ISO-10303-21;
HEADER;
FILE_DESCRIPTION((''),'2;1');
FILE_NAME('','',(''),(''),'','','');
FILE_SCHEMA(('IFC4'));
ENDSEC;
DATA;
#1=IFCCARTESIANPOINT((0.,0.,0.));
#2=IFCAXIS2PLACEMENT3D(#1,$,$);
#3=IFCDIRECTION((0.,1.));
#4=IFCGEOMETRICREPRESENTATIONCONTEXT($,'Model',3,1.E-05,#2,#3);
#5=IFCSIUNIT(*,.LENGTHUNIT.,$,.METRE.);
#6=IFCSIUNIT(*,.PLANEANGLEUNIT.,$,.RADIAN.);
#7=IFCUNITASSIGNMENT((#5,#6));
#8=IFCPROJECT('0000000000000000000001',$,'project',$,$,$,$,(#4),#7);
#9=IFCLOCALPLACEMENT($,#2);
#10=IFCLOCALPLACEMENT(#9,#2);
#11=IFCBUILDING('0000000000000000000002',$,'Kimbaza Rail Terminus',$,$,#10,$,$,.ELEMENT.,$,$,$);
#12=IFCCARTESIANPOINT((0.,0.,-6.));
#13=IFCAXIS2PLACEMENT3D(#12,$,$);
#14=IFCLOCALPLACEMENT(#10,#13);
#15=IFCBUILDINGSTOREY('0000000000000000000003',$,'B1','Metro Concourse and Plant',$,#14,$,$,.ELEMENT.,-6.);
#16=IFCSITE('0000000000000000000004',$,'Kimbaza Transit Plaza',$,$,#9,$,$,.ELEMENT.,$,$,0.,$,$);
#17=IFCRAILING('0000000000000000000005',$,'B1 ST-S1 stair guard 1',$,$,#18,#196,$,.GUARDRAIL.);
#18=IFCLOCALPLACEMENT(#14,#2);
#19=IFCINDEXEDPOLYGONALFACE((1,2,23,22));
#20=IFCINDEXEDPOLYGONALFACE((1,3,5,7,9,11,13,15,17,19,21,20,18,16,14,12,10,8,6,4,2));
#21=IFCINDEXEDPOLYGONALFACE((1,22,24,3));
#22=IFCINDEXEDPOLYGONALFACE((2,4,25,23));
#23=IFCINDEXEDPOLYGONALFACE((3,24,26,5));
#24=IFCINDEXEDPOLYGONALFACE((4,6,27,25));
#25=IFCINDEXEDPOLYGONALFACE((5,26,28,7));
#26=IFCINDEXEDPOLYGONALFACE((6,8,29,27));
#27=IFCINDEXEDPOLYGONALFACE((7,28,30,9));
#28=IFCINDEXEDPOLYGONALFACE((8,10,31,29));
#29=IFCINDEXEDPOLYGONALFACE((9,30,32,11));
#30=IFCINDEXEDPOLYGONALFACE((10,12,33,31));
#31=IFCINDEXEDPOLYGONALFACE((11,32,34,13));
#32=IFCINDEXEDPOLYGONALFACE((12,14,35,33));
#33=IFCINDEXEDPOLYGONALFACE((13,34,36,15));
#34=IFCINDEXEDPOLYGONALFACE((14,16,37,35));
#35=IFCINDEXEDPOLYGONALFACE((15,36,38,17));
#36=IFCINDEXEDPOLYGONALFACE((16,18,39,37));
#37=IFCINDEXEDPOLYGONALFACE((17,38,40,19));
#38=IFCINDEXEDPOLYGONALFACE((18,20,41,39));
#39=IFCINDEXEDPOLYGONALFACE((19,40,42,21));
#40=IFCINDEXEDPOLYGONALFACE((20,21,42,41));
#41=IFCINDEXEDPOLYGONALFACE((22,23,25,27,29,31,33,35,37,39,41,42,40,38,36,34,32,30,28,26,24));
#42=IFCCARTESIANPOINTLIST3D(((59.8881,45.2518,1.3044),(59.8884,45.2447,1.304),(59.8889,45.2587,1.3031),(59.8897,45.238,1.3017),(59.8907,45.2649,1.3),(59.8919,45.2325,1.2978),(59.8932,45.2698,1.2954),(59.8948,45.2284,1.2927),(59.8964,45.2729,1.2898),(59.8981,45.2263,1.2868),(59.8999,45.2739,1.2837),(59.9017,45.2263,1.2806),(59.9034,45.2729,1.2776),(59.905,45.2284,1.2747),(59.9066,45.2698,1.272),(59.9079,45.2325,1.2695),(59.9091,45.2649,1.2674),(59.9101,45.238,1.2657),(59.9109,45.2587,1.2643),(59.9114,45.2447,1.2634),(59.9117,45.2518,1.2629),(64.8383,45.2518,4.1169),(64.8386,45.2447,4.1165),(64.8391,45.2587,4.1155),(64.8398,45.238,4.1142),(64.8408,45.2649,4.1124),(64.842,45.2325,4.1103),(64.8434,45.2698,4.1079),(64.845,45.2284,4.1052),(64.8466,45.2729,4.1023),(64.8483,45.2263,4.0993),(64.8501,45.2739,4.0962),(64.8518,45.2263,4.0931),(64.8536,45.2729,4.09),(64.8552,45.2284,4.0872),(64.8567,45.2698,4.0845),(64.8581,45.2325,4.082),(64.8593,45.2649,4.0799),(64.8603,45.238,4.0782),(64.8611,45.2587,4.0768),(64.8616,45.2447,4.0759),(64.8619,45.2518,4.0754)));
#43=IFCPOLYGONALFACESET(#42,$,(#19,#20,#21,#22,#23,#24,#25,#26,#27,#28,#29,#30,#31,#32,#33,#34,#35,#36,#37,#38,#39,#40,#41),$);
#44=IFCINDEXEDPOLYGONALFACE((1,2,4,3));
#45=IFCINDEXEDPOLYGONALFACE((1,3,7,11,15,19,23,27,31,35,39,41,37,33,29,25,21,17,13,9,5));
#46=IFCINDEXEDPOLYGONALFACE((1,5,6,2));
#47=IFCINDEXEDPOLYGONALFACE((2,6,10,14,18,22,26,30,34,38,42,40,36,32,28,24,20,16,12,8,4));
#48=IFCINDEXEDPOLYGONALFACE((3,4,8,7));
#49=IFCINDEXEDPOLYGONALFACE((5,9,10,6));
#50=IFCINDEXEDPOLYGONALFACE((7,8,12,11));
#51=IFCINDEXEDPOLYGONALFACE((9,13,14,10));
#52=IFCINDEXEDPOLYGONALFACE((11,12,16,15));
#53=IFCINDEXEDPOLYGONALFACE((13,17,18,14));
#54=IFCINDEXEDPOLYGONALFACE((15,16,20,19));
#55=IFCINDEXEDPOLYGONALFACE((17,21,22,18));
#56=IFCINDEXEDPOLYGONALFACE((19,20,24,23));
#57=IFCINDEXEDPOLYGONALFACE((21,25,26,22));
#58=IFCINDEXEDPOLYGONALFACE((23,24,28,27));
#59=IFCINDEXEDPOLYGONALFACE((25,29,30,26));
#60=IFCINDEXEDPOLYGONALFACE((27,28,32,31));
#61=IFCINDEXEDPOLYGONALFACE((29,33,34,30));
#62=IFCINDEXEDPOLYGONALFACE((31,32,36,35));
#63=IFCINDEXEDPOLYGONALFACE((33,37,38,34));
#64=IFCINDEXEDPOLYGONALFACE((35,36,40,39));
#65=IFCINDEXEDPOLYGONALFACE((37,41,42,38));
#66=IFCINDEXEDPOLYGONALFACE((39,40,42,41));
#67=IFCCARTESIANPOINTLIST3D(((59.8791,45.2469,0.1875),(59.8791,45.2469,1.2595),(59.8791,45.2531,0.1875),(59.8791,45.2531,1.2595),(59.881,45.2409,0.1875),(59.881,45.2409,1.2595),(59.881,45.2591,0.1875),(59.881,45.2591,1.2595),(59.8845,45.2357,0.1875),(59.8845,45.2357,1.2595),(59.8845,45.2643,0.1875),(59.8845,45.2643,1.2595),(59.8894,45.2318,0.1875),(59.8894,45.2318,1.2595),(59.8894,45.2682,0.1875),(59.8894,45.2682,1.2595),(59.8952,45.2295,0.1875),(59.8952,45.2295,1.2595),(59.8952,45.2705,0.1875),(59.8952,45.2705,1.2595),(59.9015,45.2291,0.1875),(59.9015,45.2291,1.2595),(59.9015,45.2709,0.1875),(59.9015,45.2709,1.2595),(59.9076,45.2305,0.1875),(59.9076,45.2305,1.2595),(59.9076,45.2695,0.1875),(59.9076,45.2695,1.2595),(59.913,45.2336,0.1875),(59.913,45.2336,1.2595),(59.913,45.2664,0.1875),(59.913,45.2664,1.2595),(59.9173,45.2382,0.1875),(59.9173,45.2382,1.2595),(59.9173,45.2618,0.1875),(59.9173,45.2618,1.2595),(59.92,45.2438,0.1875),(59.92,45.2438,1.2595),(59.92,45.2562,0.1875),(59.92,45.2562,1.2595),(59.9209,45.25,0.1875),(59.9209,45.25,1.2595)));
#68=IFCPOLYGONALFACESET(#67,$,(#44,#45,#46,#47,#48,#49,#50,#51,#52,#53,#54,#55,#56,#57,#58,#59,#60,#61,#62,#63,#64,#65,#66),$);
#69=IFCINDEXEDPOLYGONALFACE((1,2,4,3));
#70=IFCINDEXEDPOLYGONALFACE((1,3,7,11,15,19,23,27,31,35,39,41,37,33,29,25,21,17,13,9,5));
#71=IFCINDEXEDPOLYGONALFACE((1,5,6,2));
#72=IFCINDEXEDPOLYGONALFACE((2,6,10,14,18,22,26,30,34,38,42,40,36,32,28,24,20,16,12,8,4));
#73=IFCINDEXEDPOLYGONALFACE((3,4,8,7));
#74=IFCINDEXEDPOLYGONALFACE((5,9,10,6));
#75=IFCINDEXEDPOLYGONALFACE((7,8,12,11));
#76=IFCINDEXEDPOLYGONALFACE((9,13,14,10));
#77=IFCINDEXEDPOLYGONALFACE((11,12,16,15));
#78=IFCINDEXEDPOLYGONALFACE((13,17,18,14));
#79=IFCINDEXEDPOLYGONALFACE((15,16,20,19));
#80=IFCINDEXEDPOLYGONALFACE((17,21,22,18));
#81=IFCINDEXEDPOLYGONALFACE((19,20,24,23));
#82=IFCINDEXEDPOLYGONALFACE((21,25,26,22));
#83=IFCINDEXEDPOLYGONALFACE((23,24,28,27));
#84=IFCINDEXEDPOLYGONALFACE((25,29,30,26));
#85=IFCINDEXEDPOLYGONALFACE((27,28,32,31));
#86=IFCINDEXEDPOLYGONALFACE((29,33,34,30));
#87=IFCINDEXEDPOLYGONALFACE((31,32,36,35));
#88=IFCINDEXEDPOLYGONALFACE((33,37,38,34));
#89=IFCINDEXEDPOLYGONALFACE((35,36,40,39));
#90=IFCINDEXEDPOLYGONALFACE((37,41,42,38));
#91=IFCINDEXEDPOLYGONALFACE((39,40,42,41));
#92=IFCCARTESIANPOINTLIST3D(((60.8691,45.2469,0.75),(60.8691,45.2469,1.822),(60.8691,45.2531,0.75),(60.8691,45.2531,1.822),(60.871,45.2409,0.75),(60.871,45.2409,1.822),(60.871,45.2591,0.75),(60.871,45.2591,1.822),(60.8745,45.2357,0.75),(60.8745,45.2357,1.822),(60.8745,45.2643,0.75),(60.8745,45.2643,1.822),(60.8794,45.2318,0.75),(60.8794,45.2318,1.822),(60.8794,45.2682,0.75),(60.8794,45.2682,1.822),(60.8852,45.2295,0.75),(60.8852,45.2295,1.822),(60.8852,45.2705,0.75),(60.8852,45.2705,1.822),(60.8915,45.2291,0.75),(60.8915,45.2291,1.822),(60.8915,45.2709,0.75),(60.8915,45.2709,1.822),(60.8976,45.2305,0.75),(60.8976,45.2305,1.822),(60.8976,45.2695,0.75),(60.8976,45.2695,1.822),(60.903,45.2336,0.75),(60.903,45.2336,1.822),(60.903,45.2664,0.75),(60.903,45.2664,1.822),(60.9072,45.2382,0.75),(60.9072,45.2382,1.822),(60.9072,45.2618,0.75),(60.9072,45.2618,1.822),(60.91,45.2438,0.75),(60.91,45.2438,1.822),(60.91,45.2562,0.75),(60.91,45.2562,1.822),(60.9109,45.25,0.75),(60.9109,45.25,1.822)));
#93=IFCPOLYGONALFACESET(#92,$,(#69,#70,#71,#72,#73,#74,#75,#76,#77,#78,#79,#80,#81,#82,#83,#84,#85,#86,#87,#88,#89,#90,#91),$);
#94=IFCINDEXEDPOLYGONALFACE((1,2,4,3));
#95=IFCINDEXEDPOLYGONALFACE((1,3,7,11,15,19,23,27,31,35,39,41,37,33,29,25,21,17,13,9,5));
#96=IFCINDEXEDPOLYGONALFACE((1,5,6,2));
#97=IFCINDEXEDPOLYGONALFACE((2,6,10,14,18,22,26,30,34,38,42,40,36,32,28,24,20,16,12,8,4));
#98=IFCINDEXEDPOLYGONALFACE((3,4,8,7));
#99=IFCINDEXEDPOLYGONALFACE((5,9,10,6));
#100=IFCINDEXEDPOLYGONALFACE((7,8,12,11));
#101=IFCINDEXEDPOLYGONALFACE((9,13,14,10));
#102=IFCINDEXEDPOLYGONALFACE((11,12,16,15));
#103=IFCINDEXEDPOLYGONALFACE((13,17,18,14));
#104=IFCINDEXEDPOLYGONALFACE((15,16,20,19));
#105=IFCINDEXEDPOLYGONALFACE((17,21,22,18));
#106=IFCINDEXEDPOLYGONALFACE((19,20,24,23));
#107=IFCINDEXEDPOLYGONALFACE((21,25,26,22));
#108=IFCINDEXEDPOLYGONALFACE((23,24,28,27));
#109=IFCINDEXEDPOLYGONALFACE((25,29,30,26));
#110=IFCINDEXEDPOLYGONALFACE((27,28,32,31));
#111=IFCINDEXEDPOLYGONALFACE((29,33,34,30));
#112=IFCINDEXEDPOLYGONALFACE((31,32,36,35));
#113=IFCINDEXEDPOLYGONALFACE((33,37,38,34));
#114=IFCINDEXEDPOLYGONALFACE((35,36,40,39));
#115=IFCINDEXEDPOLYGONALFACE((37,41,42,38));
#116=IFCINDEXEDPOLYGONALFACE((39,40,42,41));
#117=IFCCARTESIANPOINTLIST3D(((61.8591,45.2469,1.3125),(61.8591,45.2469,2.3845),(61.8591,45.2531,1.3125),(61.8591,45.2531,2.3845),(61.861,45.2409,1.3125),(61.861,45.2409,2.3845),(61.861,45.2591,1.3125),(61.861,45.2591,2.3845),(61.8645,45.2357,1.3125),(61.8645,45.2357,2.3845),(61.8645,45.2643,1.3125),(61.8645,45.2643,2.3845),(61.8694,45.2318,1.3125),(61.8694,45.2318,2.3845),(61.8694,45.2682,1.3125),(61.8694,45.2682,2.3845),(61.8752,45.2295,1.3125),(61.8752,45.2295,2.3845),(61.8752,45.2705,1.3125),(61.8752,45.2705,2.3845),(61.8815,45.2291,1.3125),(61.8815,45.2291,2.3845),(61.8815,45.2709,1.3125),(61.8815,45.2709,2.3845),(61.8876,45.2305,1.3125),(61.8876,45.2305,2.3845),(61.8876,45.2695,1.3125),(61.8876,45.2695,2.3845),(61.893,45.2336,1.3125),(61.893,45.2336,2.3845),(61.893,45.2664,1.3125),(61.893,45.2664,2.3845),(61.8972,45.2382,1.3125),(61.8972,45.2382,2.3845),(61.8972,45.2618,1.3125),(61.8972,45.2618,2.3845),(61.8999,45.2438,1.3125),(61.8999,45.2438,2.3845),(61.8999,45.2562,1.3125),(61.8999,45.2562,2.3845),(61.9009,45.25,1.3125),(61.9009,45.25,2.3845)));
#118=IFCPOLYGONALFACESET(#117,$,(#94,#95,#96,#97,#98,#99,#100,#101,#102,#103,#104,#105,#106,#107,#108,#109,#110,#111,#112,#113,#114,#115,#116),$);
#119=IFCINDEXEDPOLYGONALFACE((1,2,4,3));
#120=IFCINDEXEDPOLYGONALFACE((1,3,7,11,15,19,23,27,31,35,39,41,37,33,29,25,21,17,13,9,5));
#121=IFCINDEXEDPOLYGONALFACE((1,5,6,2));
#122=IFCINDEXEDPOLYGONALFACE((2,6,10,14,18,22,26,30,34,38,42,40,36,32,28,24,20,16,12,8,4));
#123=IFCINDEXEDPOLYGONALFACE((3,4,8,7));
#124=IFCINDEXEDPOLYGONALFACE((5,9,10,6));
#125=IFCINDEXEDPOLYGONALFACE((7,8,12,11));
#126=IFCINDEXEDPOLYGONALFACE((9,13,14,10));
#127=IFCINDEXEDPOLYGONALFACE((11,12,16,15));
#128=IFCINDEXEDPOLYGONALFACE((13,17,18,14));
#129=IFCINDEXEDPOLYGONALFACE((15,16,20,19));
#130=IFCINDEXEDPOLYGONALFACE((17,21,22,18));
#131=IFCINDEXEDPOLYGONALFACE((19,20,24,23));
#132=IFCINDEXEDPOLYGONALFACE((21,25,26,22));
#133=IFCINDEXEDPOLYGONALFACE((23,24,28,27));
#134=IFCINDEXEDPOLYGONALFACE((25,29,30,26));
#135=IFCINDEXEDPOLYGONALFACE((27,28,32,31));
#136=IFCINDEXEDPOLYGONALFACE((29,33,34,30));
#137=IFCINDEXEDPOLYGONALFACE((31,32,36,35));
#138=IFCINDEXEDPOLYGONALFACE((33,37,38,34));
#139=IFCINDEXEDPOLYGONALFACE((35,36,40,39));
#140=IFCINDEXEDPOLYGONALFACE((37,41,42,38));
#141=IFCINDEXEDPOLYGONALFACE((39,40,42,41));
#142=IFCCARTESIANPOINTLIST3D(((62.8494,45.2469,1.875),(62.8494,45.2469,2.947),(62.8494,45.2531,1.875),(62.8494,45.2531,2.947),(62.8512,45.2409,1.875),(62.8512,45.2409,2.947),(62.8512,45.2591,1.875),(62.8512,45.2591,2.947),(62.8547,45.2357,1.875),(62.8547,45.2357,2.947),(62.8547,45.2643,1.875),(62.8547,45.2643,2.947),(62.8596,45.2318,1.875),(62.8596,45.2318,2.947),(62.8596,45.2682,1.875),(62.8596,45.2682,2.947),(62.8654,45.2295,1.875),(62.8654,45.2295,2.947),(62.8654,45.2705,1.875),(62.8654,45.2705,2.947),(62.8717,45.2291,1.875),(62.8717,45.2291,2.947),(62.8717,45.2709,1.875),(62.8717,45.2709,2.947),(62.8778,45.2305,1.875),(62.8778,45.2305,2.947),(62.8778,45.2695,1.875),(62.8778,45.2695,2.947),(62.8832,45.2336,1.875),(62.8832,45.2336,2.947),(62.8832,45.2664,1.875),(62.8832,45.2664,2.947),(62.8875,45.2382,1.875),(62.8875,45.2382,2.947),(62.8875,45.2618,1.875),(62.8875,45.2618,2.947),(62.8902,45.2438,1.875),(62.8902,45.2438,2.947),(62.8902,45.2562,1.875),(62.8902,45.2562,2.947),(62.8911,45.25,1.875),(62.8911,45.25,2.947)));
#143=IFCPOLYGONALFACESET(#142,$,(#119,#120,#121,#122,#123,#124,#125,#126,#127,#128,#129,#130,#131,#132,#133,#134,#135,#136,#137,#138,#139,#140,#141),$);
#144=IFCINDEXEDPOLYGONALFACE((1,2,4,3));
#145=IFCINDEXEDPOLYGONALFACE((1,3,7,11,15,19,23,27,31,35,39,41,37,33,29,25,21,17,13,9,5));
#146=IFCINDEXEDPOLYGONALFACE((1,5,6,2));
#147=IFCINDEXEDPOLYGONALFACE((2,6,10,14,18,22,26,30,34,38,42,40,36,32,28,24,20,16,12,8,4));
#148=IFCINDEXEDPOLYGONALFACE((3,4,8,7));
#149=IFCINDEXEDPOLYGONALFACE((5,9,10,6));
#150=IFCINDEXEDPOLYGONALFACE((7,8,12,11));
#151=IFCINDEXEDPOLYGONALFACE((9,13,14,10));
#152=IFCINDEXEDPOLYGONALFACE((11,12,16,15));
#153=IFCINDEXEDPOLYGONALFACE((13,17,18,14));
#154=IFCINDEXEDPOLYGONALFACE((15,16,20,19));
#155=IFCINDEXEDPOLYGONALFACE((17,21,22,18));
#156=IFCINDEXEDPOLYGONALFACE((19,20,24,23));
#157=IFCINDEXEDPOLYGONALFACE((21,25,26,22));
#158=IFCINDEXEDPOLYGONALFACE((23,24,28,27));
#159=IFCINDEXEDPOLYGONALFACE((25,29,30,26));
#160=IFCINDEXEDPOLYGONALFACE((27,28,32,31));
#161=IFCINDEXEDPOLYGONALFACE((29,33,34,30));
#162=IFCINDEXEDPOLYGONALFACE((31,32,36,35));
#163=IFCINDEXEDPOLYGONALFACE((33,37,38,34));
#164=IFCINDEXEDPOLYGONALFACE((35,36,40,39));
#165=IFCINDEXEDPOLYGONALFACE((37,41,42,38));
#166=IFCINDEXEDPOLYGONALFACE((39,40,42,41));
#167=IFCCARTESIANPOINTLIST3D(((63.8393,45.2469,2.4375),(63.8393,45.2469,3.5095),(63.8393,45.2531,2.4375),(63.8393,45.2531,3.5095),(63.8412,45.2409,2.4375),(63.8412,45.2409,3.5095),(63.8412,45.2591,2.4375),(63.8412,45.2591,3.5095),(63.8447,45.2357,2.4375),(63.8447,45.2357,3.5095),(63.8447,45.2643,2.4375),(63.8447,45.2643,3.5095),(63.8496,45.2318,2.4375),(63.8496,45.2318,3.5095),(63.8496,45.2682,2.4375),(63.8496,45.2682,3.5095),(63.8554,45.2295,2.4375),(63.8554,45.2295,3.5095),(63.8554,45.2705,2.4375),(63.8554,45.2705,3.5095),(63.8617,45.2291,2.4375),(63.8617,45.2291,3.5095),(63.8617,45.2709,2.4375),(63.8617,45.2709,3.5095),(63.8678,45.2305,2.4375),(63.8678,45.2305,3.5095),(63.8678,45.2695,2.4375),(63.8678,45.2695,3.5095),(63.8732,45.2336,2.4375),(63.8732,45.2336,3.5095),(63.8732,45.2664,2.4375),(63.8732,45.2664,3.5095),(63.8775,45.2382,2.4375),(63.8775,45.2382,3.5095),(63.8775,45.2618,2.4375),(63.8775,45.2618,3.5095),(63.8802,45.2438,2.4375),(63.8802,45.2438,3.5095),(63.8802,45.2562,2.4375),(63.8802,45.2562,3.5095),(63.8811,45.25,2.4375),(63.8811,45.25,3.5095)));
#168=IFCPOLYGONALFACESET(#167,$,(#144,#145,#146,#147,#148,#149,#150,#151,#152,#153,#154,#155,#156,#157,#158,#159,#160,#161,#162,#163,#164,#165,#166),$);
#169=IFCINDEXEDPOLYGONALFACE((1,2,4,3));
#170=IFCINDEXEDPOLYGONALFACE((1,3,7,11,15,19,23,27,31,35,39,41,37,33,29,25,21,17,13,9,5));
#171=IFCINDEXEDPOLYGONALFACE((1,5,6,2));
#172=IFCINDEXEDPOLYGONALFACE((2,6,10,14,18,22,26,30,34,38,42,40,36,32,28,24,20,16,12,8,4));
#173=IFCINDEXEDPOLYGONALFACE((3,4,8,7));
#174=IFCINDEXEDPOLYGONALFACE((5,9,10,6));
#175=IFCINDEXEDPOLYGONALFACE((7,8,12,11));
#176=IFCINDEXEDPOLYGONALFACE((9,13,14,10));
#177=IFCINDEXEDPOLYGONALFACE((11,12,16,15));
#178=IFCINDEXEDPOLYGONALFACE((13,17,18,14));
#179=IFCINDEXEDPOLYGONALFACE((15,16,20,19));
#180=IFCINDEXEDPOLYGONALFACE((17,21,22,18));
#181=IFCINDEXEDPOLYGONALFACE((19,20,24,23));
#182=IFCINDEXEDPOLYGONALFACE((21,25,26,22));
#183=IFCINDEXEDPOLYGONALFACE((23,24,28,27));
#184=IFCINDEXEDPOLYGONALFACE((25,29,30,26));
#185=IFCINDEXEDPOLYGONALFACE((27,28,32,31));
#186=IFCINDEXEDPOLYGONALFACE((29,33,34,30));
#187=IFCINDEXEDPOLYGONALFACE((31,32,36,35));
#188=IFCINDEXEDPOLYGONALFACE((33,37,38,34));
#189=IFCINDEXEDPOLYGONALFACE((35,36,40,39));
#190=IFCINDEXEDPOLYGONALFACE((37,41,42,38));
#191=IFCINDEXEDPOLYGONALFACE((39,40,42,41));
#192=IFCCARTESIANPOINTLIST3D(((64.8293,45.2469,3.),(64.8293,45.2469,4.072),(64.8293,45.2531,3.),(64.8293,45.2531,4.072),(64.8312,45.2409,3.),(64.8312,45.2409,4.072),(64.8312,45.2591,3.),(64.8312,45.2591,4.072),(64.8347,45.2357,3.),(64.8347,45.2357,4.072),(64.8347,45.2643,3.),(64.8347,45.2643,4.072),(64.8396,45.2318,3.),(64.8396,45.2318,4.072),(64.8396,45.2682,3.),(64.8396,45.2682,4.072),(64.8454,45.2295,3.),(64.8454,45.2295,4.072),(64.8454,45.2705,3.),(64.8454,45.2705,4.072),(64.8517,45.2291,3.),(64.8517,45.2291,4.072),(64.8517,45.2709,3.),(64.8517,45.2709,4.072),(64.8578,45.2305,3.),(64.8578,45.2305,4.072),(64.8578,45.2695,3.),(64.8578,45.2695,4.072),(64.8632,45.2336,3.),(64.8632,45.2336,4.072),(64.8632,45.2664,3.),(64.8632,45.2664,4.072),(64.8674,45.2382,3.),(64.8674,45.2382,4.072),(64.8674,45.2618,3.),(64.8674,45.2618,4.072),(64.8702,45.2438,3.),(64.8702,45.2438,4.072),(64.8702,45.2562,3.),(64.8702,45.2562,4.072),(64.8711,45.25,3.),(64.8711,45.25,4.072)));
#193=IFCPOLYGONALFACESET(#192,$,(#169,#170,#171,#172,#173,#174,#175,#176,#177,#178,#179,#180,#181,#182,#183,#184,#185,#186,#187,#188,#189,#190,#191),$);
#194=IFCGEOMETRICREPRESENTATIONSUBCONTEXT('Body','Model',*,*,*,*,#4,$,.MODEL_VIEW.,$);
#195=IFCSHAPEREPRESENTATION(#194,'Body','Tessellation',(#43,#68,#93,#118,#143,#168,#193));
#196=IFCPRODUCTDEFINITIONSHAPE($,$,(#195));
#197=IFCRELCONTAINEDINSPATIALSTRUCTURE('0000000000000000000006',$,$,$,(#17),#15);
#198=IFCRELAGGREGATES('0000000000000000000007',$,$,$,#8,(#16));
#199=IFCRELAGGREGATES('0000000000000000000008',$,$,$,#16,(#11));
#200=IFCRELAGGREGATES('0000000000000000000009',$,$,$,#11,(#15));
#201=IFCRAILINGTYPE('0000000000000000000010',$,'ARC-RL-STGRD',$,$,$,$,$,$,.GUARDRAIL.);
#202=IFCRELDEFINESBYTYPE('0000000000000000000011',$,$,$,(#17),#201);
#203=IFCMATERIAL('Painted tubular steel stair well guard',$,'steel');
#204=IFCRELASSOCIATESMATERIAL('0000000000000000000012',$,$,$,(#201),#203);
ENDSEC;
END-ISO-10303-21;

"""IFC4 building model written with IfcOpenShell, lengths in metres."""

from ifc_helpers import new_model, si_unit, direction, frame, origin, origin_2d, place, context, subcontext, project, spatial, circle, extrude, material, type_object, element, save


model = new_model("IFC4")

# Units and contexts
model_context = context("Model", 3, precision=1e-05, world=origin(), true_north=direction((0.0, 1.0)))
body_context = subcontext(model_context, "Body", "Model", "MODEL_VIEW")
ifc_project = project(units=[si_unit("LENGTHUNIT", "METRE"), si_unit("PLANEANGLEUNIT", "RADIAN")], contexts=[model_context])

# Site, building, storey
site_placement = place(None, origin())
site = spatial("IfcSite", under=ifc_project, at=site_placement, Name="Kimbaza Transit Plaza", CompositionType="ELEMENT", RefElevation=0.0)
building_placement = place(site_placement, origin())
building = spatial("IfcBuilding", under=site, at=building_placement, Name="Kimbaza Rail Terminus", CompositionType="ELEMENT")
storey_placement = place(building_placement, frame((0.0, 0.0, -6.0)))
storey = spatial("IfcBuildingStorey", under=building, at=storey_placement, Name="B1", Description="Metro Concourse and Plant", CompositionType="ELEMENT", Elevation=-6.0)

# Railing
ifc_material_1 = material(Name="Painted tubular steel stair well guard", Category="steel")
railing_type_1 = type_object("IfcRailingType", Name="ARC-RL-STGRD", PredefinedType="GUARDRAIL", material=ifc_material_1)
railing_1_placement = place(storey_placement, frame((59.8999, 45.25, 0.1875)))
element("IfcRailing", 1, at=railing_1_placement, inside=storey, type_object=railing_type_1, Name="B1 ST-S1 stair guard 1", PredefinedType="GUARDRAIL", context=body_context, shape_type="SweptSolid", body=[
    extrude(circle(Radius=0.0239, at=origin_2d()), frame((0.0, 0.0, 1.0962), z_axis=(0.869465, 0.0, 0.493995), x_axis=(0.0, 1.0, 0.0)), (0.0, 0.0, 1.0), 5.6934),
    extrude(circle(Radius=0.021, at=origin_2d()), origin(), (0.0, 0.0, 1.0), 1.072),
    extrude(circle(Radius=0.021, at=origin_2d()), frame((0.99, 0.0, 0.5625)), (0.0, 0.0, 1.0), 1.072),
    extrude(circle(Radius=0.021, at=origin_2d()), frame((1.98, 0.0, 1.125)), (0.0, 0.0, 1.0), 1.072),
    extrude(circle(Radius=0.021, at=origin_2d()), frame((2.9702, 0.0, 1.6875)), (0.0, 0.0, 1.0), 1.072),
    extrude(circle(Radius=0.021, at=origin_2d()), frame((3.9602, 0.0, 2.25)), (0.0, 0.0, 1.0), 1.072),
    extrude(circle(Radius=0.021, at=origin_2d()), frame((4.9502, 0.0, 2.8125)), (0.0, 0.0, 1.0), 1.072),
])

save(model, "model.ifc")
